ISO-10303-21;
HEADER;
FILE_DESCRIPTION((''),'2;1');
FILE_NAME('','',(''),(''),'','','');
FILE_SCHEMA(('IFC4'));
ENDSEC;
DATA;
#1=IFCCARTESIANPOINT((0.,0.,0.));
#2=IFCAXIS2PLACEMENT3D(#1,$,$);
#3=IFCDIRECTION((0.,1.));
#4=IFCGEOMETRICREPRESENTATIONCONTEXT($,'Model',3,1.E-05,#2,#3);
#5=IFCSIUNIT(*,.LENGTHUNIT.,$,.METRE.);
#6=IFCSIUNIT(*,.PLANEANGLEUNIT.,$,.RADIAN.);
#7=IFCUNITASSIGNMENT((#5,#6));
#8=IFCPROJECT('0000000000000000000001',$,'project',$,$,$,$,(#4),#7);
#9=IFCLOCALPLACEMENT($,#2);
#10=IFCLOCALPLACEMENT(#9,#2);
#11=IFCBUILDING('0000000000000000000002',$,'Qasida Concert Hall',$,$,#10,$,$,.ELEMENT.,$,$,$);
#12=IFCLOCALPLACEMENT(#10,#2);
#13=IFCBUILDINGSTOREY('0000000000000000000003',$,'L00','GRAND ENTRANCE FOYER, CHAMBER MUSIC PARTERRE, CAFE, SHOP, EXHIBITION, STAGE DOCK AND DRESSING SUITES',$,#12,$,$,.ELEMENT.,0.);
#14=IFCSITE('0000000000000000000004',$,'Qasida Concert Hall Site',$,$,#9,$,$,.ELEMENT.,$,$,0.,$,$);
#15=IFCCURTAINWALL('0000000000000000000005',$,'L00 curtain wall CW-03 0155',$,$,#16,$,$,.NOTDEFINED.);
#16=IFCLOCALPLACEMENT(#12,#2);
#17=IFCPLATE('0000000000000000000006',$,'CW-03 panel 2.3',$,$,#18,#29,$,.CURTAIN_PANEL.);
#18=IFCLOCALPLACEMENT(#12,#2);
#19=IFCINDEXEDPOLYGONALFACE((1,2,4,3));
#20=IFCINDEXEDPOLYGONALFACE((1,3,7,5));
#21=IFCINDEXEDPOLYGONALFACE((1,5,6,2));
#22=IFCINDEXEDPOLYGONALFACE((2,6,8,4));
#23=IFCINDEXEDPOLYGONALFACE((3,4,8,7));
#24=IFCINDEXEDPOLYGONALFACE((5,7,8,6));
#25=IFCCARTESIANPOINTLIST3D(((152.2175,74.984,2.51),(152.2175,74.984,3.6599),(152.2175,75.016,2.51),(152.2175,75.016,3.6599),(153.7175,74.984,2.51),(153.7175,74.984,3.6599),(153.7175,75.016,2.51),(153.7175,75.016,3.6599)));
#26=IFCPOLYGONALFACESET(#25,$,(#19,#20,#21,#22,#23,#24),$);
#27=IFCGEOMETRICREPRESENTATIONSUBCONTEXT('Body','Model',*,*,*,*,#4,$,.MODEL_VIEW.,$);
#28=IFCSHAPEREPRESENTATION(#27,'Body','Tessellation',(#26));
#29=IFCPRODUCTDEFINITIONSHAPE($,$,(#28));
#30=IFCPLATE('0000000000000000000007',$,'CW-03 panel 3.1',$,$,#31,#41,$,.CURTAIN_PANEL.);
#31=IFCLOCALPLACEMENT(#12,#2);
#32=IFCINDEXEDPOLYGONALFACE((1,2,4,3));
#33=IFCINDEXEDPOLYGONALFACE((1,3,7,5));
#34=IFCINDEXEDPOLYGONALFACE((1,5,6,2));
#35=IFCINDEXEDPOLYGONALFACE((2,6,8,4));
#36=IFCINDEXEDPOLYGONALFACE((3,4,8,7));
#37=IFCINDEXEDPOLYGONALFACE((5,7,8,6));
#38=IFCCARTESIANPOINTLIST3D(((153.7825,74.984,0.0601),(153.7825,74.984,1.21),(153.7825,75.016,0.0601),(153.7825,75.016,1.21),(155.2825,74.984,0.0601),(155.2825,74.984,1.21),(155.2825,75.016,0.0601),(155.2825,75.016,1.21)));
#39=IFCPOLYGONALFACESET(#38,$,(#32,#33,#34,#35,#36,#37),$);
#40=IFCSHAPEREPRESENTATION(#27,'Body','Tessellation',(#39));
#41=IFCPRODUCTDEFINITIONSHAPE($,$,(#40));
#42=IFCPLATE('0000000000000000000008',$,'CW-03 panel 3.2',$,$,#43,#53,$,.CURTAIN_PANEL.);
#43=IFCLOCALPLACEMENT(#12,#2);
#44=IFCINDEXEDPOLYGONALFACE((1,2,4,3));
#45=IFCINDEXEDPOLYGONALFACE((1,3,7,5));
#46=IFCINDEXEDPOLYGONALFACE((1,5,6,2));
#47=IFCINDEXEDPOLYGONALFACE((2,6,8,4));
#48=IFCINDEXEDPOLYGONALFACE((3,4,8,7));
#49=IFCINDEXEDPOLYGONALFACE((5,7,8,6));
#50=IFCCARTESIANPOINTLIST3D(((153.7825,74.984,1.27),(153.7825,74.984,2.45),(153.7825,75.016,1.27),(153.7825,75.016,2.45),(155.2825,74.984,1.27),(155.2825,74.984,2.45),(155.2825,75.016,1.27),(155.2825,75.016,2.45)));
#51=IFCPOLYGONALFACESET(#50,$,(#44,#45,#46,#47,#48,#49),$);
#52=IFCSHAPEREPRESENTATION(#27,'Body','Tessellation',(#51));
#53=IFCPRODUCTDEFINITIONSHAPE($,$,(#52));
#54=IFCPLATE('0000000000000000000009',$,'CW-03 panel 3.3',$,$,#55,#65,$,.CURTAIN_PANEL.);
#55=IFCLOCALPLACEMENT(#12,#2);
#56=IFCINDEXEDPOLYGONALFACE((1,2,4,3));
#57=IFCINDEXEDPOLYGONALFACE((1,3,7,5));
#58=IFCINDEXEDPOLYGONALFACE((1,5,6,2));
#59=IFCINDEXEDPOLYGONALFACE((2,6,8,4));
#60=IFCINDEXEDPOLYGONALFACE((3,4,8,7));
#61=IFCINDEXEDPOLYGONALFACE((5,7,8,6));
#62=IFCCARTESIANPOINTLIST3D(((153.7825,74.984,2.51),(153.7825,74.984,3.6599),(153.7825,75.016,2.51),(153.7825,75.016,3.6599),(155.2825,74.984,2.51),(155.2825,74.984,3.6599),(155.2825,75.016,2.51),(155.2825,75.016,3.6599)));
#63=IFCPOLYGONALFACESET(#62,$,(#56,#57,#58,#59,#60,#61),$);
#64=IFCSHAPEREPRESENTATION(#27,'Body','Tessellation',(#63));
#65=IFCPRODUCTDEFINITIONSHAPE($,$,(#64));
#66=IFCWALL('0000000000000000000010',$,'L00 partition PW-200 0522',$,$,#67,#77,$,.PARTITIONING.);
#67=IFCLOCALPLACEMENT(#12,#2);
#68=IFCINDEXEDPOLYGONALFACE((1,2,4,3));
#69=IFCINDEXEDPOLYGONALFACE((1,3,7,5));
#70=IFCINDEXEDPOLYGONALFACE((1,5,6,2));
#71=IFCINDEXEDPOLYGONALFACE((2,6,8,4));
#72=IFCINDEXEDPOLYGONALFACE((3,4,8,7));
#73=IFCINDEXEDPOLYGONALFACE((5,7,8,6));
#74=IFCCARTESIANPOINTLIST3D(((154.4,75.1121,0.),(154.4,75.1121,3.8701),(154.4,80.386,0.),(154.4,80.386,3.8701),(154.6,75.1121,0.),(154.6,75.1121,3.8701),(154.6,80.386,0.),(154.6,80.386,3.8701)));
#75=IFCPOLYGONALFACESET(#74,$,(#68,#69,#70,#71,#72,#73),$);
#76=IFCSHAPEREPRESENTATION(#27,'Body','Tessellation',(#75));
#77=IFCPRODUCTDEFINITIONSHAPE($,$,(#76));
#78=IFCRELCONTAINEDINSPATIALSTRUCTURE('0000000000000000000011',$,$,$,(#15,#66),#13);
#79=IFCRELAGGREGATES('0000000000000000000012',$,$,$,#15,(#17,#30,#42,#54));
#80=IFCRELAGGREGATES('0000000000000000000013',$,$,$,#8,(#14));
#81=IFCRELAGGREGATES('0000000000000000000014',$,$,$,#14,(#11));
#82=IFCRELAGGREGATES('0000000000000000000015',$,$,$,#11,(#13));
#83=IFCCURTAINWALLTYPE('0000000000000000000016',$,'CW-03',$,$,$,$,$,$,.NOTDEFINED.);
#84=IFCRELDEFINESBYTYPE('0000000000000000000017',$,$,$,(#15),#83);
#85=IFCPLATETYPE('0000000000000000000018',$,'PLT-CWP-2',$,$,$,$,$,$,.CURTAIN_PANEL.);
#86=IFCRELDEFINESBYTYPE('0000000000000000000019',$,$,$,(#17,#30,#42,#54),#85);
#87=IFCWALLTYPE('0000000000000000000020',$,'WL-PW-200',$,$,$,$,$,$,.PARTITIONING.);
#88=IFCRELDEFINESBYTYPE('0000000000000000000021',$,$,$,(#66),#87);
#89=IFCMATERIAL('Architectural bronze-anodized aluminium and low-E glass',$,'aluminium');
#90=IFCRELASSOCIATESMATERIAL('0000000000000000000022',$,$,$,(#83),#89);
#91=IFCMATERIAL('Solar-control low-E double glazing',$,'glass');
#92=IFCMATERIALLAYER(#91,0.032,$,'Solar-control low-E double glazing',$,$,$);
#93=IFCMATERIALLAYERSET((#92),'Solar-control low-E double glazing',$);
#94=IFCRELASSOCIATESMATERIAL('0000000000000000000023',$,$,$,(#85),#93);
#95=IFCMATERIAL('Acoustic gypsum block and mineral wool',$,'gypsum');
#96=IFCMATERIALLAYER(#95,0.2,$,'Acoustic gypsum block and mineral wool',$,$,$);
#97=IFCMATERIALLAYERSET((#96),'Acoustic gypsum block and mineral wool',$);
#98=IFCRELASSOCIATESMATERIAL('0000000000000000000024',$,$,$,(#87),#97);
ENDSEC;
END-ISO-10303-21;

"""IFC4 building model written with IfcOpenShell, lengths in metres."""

from ifc_helpers import new_model, si_unit, direction, frame, frame_2d, origin, origin_2d, place, context, subcontext, project, spatial, rectangle, extrude, material, layer, layer_set, type_object, element, aggregate, save


model = new_model("IFC4")

# Units and contexts
model_context = context("Model", 3, precision=1e-05, world=origin(), true_north=direction((0.0, 1.0)))
body_context = subcontext(model_context, "Body", "Model", "MODEL_VIEW")
ifc_project = project(units=[si_unit("LENGTHUNIT", "METRE"), si_unit("PLANEANGLEUNIT", "RADIAN")], contexts=[model_context])

# Site, building, storey
site_placement = place(None, origin())
site = spatial("IfcSite", under=ifc_project, at=site_placement, Name="Qasida Concert Hall Site", CompositionType="ELEMENT", RefElevation=0.0)
building_placement = place(site_placement, origin())
building = spatial("IfcBuilding", under=site, at=building_placement, Name="Qasida Concert Hall", CompositionType="ELEMENT")
storey_placement = place(building_placement, origin())
storey = spatial("IfcBuildingStorey", under=building, at=storey_placement, Name="L00", Description="GRAND ENTRANCE FOYER, CHAMBER MUSIC PARTERRE, CAFE, SHOP, EXHIBITION, STAGE DOCK AND DRESSING SUITES", CompositionType="ELEMENT", Elevation=0.0)

# Curtain wall, plates
ifc_material_1 = material(Name="Architectural bronze-anodized aluminium and low-E glass", Category="aluminium")
curtain_wall_type = type_object("IfcCurtainWallType", Name="CW-03", PredefinedType="NOTDEFINED", material=ifc_material_1)
curtain_wall_placement = place(storey_placement, origin())
curtain_wall = element("IfcCurtainWall", 1, at=curtain_wall_placement, inside=storey, type_object=curtain_wall_type, Name="L00 curtain wall CW-03 0155", PredefinedType="NOTDEFINED")
ifc_material_2 = material(Name="Solar-control low-E double glazing", Category="glass")
ifc_layer_1 = layer(ifc_material_2, 0.032, Name="Solar-control low-E double glazing")
ifc_layer_set_1 = layer_set([ifc_layer_1], Name="Solar-control low-E double glazing")
plate_type = type_object("IfcPlateType", Name="PLT-CWP-2", PredefinedType="CURTAIN_PANEL", material=ifc_layer_set_1)
plate_1_placement = place(storey_placement, frame((152.9675, 75.0, 2.51), z_axis=(0.0, 0.0, 1.0), x_axis=(1.0, 0.0, 0.0)))
plate_1 = element("IfcPlate", 2, at=plate_1_placement, type_object=plate_type, Name="CW-03 panel 2.3", PredefinedType="CURTAIN_PANEL", context=body_context, shape_type="SweptSolid", body=[
    extrude(rectangle(XDim=1.5, YDim=0.032, at=origin_2d()), origin(), (0.0, 0.0, 1.0), 1.1499),
])
plate_2_placement = place(storey_placement, frame((154.5325, 75.0, 0.0601), z_axis=(0.0, 0.0, 1.0), x_axis=(1.0, 0.0, 0.0)))
plate_2 = element("IfcPlate", 3, at=plate_2_placement, type_object=plate_type, Name="CW-03 panel 3.1", PredefinedType="CURTAIN_PANEL", context=body_context, shape_type="SweptSolid", body=[
    extrude(rectangle(XDim=1.5, YDim=0.032, at=origin_2d()), origin(), (0.0, 0.0, 1.0), 1.1499),
])
plate_3_placement = place(storey_placement, frame((154.5325, 75.0, 1.27), z_axis=(0.0, 0.0, 1.0), x_axis=(1.0, 0.0, 0.0)))
plate_3 = element("IfcPlate", 4, at=plate_3_placement, type_object=plate_type, Name="CW-03 panel 3.2", PredefinedType="CURTAIN_PANEL", context=body_context, shape_type="SweptSolid", body=[
    extrude(rectangle(XDim=1.5, YDim=0.032, at=origin_2d()), origin(), (0.0, 0.0, 1.0), 1.1799),
])
plate_4_placement = place(storey_placement, frame((154.5325, 75.0, 2.51), z_axis=(0.0, 0.0, 1.0), x_axis=(1.0, 0.0, 0.0)))
plate_4 = element("IfcPlate", 5, at=plate_4_placement, type_object=plate_type, Name="CW-03 panel 3.3", PredefinedType="CURTAIN_PANEL", context=body_context, shape_type="SweptSolid", body=[
    extrude(rectangle(XDim=1.5, YDim=0.032, at=origin_2d()), origin(), (0.0, 0.0, 1.0), 1.1499),
])
aggregate(curtain_wall, [plate_1, plate_2, plate_3, plate_4])

# Wall
ifc_material_3 = material(Name="Acoustic gypsum block and mineral wool", Category="gypsum")
ifc_layer_2 = layer(ifc_material_3, 0.2, Name="Acoustic gypsum block and mineral wool")
ifc_layer_set_2 = layer_set([ifc_layer_2], Name="Acoustic gypsum block and mineral wool")
wall_type = type_object("IfcWallType", Name="WL-PW-200", PredefinedType="PARTITIONING", material=ifc_layer_set_2)
wall_placement = place(storey_placement, frame((154.5, 75.1121, 0.0), z_axis=(0.0, 0.0, 1.0), x_axis=(0.0, 1.0, 0.0)))
element("IfcWall", 6, at=wall_placement, inside=storey, type_object=wall_type, Name="L00 partition PW-200 0522", PredefinedType="PARTITIONING", context=body_context, shape_type="SweptSolid", body=[
    extrude(rectangle(XDim=5.2739, YDim=0.2, at=frame_2d((2.637, 0.0))), origin(), (0.0, 0.0, 1.0), 3.8701),
])

save(model, "model.ifc")
